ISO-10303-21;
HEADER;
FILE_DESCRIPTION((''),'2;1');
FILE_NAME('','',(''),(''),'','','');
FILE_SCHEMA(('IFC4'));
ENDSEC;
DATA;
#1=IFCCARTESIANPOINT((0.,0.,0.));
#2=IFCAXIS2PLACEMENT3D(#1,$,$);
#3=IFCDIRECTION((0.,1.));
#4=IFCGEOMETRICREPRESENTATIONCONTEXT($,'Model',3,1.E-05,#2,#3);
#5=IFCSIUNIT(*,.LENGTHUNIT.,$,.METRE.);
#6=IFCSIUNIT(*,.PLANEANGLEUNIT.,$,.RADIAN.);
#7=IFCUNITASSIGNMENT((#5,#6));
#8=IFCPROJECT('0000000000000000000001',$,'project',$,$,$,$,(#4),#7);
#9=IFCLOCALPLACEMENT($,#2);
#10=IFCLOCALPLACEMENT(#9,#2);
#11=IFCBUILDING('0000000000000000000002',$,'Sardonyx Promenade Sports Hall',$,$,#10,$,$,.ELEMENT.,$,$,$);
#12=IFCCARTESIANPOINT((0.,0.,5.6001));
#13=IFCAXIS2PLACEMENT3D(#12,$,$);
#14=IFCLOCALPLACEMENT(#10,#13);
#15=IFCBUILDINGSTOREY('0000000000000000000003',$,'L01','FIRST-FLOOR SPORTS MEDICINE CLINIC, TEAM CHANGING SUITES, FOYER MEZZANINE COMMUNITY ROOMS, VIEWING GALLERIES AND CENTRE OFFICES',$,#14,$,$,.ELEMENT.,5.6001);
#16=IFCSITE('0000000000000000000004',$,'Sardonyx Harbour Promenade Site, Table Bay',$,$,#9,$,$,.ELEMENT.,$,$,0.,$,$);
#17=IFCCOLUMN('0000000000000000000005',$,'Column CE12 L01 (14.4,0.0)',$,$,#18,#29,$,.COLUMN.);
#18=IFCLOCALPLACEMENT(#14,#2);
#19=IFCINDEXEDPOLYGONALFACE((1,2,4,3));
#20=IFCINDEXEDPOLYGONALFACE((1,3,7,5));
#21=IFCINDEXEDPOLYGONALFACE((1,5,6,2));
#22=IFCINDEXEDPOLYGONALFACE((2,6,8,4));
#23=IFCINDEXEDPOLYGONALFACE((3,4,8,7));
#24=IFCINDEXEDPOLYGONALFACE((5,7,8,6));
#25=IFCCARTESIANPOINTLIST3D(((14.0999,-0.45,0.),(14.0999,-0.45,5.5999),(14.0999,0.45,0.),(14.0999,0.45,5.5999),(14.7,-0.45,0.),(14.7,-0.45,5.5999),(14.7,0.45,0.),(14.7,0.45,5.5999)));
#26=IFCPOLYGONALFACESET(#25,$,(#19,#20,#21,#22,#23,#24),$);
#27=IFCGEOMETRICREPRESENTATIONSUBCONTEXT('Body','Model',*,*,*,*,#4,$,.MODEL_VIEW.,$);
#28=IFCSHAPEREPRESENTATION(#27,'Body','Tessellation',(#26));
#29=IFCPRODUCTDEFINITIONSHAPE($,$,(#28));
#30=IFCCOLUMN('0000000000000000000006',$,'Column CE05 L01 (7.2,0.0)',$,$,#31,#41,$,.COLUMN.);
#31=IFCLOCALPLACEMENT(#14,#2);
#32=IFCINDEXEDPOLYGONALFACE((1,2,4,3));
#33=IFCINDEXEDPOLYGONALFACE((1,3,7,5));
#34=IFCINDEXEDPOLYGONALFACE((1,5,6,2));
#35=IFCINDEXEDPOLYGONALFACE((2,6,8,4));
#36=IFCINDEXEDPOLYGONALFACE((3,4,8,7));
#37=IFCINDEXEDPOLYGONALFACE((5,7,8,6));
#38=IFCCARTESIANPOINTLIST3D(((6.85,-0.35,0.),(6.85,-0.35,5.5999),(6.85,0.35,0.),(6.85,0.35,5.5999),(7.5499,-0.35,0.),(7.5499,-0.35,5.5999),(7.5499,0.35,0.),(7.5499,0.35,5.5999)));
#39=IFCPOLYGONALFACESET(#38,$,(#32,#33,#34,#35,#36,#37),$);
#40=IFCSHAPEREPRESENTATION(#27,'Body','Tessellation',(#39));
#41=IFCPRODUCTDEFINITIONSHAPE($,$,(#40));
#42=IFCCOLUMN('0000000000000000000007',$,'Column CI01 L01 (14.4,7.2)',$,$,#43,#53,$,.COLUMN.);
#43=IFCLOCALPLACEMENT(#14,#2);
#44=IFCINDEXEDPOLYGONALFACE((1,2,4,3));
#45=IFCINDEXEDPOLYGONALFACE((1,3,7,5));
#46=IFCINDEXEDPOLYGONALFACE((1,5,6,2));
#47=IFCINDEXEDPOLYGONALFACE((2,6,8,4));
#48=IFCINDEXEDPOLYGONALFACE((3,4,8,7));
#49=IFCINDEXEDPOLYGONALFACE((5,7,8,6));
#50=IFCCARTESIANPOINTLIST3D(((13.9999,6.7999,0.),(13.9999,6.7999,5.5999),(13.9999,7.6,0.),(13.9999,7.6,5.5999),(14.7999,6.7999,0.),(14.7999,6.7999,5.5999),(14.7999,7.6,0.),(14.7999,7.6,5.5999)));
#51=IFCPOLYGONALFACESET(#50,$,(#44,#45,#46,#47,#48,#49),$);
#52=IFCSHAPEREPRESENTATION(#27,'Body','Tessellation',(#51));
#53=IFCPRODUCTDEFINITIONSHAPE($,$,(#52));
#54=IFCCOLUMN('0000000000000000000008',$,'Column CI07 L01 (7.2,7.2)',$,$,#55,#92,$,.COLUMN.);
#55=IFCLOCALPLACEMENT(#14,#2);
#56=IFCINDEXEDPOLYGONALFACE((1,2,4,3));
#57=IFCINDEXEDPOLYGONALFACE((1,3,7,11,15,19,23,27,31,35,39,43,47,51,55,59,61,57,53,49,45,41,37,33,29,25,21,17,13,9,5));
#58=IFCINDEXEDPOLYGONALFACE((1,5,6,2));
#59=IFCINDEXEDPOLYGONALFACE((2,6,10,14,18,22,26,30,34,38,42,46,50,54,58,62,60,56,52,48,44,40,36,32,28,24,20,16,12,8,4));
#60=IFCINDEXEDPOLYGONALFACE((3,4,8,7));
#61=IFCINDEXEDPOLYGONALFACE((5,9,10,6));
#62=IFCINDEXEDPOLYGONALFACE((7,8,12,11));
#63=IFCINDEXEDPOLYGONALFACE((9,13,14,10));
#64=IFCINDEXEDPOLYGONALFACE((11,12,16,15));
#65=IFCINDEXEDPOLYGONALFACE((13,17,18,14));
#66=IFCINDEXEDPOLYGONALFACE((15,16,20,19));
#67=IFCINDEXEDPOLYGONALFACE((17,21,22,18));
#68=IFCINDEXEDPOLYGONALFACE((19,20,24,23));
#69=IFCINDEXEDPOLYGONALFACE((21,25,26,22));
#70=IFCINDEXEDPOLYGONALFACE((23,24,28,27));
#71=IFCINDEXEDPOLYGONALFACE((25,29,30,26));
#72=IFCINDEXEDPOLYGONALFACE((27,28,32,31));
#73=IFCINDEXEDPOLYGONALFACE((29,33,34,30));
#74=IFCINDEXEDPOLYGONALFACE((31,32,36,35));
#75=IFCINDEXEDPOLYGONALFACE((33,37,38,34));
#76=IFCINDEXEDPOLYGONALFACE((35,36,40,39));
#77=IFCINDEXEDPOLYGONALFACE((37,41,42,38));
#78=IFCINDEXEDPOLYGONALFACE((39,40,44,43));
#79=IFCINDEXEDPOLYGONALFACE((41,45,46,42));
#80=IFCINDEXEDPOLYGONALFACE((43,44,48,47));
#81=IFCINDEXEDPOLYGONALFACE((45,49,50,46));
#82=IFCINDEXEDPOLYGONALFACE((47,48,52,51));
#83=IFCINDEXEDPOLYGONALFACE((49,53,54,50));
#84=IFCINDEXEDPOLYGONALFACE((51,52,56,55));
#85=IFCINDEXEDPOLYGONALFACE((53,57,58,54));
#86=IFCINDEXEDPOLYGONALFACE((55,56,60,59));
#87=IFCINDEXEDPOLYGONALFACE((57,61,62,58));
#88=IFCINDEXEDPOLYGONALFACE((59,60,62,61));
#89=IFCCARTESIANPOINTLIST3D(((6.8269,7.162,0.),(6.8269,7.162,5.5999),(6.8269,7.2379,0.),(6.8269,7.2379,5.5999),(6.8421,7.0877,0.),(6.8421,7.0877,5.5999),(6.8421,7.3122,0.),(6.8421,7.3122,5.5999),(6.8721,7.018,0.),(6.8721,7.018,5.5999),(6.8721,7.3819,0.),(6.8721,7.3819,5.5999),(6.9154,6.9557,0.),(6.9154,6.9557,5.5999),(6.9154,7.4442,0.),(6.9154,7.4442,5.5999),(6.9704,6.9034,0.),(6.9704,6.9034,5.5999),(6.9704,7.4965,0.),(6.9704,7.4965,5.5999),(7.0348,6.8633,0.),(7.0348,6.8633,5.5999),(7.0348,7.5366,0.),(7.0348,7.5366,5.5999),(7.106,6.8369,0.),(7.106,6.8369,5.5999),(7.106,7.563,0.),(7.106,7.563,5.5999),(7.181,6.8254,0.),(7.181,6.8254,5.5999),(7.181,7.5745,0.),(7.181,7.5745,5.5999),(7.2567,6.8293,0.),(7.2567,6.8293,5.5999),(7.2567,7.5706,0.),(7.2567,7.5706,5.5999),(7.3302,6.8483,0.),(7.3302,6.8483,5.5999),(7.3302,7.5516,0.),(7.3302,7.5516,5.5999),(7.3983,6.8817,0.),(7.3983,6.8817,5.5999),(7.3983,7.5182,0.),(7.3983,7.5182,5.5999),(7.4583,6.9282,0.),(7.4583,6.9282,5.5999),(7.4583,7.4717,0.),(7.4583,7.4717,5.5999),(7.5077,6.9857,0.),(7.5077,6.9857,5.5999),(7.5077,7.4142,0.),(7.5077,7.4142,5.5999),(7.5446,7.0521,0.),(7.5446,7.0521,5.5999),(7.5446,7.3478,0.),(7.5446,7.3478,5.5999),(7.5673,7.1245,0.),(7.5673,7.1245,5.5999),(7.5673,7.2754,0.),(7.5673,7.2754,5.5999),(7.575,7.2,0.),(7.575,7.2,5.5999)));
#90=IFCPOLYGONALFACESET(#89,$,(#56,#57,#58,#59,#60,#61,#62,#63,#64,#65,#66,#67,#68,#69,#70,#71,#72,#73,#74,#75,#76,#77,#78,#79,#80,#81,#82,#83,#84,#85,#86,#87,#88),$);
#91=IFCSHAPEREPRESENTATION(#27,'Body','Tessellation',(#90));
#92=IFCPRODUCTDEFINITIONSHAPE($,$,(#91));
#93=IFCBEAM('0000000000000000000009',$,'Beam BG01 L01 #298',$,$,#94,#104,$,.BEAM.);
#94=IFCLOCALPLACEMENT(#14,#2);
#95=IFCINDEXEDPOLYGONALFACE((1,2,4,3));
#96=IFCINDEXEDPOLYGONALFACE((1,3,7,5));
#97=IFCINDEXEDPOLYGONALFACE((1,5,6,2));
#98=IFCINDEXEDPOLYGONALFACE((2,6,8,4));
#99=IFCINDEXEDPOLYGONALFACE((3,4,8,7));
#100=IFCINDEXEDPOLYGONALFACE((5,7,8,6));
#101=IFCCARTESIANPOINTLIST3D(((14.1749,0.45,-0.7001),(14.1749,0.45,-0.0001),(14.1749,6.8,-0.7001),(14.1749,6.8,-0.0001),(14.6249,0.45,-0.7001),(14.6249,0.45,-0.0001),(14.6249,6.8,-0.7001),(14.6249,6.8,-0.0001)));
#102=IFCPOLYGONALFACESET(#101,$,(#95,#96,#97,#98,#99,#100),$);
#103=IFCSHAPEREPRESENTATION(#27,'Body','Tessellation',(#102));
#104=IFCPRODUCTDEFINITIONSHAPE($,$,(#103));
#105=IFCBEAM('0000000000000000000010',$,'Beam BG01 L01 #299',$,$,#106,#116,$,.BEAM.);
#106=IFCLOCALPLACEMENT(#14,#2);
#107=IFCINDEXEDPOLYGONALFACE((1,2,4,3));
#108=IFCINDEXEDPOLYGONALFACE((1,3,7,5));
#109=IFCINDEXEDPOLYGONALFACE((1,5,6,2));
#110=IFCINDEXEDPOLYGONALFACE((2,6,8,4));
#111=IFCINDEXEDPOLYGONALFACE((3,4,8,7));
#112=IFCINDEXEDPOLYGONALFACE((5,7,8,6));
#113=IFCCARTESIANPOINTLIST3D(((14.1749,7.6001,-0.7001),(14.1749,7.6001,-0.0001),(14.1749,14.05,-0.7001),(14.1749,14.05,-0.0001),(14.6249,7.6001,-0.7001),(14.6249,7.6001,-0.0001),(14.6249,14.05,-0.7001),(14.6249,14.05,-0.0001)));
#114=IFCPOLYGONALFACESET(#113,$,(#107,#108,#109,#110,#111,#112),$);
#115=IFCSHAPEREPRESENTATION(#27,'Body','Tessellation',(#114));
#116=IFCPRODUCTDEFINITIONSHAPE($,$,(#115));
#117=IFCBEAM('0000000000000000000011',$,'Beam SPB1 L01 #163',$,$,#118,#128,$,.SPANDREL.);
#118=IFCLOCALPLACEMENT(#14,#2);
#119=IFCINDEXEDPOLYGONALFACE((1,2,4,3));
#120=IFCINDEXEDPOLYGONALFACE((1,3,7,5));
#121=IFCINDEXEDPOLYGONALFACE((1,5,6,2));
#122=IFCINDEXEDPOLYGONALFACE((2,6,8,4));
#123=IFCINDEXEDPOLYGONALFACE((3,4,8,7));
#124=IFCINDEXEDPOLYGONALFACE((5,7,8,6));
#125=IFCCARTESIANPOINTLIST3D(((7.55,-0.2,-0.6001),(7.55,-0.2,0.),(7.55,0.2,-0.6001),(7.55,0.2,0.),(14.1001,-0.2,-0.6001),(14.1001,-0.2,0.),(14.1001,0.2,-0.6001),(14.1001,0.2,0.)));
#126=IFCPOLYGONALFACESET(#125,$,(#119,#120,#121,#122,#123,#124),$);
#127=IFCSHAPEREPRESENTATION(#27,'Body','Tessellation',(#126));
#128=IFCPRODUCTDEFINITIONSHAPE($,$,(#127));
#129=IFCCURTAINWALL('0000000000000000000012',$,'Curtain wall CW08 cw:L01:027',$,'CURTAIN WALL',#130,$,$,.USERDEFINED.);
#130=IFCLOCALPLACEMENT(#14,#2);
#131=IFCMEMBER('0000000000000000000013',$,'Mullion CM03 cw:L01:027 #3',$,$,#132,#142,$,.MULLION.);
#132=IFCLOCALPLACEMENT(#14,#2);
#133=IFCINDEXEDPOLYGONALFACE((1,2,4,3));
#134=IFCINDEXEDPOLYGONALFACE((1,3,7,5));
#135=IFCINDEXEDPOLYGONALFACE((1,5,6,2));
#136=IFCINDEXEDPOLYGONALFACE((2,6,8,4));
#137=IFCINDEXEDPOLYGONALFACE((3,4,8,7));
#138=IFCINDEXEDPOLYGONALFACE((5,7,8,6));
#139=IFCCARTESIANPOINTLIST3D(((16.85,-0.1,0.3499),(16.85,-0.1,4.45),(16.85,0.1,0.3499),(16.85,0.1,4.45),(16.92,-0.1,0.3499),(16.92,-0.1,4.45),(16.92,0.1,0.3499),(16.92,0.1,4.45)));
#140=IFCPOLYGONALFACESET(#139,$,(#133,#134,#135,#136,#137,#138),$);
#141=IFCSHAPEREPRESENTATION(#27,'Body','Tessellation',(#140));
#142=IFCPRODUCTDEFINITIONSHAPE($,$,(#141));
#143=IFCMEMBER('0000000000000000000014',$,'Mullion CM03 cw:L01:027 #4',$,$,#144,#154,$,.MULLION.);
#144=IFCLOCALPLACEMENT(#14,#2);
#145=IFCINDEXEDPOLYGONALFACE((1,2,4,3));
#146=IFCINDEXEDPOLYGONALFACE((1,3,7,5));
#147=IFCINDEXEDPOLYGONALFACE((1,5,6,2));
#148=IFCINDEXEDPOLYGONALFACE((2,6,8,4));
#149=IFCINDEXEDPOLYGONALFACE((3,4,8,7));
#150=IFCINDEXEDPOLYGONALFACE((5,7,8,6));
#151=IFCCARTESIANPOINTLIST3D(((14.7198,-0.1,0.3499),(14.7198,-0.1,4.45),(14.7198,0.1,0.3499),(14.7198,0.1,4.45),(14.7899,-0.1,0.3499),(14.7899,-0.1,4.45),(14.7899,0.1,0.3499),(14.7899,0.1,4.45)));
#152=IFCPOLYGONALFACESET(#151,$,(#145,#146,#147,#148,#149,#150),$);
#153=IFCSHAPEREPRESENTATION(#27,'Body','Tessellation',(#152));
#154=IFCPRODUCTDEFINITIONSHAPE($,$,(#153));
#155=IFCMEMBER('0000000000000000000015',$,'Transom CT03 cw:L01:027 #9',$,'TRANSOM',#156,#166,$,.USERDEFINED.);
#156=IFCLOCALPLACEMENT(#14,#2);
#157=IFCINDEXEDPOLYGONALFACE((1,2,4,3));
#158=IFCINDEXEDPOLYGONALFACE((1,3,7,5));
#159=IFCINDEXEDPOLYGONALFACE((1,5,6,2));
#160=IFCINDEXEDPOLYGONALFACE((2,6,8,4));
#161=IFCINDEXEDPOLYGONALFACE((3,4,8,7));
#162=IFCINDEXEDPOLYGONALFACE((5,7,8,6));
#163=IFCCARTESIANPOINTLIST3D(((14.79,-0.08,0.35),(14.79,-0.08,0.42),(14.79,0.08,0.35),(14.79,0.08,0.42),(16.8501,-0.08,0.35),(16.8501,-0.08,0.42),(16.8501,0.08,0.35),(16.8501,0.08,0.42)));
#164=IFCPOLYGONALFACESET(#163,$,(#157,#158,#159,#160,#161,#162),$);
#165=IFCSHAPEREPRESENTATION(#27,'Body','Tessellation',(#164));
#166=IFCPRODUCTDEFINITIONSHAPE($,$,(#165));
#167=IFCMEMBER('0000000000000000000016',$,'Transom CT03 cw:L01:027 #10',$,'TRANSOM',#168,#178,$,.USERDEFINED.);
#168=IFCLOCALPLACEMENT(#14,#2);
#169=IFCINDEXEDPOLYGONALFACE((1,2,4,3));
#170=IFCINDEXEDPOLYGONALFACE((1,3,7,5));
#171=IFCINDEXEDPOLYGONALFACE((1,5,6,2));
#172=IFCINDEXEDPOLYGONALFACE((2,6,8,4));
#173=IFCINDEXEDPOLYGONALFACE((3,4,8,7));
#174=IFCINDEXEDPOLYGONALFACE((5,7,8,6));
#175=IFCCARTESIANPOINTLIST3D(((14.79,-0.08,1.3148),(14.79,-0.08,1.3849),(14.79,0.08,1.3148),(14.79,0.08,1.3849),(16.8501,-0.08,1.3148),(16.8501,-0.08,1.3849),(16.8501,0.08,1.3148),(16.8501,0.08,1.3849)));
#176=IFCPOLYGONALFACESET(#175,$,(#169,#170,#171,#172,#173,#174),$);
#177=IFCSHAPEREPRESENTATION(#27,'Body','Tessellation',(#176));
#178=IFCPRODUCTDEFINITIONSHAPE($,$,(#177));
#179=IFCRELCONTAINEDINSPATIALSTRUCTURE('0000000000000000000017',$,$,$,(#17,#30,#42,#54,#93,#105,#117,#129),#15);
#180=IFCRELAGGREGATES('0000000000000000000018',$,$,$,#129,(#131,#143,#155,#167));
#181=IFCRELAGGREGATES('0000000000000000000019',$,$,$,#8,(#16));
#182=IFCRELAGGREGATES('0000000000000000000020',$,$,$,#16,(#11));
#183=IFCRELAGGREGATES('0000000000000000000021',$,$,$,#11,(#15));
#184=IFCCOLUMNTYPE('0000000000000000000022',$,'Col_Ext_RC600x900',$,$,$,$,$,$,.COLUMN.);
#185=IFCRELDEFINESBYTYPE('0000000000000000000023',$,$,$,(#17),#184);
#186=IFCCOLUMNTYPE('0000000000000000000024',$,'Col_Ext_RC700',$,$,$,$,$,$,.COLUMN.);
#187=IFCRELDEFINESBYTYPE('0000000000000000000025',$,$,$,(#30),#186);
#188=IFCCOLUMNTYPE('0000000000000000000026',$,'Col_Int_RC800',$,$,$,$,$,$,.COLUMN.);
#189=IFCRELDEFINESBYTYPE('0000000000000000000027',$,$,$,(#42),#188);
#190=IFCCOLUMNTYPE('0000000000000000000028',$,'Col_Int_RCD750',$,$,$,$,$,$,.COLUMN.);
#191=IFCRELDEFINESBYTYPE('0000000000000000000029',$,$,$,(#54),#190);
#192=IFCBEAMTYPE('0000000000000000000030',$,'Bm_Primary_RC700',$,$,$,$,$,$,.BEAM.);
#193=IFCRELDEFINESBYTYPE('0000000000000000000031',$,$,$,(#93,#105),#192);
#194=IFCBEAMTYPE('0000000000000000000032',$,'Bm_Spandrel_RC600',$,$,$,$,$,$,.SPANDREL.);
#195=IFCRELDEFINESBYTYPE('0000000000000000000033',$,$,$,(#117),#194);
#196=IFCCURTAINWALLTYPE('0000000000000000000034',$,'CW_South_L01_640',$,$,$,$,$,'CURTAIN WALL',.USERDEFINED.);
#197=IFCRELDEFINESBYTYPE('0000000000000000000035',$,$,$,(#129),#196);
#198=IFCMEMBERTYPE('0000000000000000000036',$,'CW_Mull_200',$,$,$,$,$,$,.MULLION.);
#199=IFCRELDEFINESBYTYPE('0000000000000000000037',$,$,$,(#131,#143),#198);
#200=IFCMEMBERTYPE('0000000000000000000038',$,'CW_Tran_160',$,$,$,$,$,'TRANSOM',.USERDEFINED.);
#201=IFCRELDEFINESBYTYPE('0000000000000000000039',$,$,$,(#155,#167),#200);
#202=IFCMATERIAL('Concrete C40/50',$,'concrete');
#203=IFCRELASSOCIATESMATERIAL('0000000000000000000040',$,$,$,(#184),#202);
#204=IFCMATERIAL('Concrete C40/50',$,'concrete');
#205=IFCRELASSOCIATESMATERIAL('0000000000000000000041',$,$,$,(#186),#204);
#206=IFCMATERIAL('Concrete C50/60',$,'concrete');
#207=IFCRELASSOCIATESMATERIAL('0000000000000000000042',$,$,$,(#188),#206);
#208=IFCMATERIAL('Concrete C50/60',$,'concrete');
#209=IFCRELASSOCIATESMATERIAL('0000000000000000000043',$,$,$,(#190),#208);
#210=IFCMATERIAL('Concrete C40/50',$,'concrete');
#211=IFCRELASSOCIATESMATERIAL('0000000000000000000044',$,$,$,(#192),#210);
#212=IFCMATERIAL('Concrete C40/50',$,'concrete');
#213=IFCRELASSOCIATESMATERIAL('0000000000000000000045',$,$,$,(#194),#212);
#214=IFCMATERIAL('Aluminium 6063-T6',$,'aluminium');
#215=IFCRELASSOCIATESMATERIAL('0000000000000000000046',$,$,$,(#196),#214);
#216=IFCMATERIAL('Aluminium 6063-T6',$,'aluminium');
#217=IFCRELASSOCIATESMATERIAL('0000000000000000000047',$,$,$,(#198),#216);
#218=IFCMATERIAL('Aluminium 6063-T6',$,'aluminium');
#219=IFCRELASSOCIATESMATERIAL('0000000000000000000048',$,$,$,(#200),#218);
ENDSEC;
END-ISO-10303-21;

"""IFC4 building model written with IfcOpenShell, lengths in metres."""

from ifc_helpers import new_model, si_unit, direction, frame, origin, origin_2d, place, context, subcontext, project, spatial, rectangle, circle, extrude, material, material_profile, profile_set, type_object, element, aggregate, save


model = new_model("IFC4")

# Units and contexts
model_context = context("Model", 3, precision=1e-05, world=origin(), true_north=direction((0.0, 1.0)))
body_context = subcontext(model_context, "Body", "Model", "MODEL_VIEW")
ifc_project = project(units=[si_unit("LENGTHUNIT", "METRE"), si_unit("PLANEANGLEUNIT", "RADIAN")], contexts=[model_context])

# Site, building, storey
site_placement = place(None, origin())
site = spatial("IfcSite", under=ifc_project, at=site_placement, Name="Sardonyx Harbour Promenade Site, Table Bay", CompositionType="ELEMENT", RefElevation=0.0)
building_placement = place(site_placement, origin())
building = spatial("IfcBuilding", under=site, at=building_placement, Name="Sardonyx Promenade Sports Hall", CompositionType="ELEMENT")
storey_placement = place(building_placement, frame((0.0, 0.0, 5.6001)))
storey = spatial("IfcBuildingStorey", under=building, at=storey_placement, Name="L01", Description="FIRST-FLOOR SPORTS MEDICINE CLINIC, TEAM CHANGING SUITES, FOYER MEZZANINE COMMUNITY ROOMS, VIEWING GALLERIES AND CENTRE OFFICES", CompositionType="ELEMENT", Elevation=5.6001)

# Columns
ifc_material_1 = material(Name="Concrete C40/50", Category="concrete")
ifc_material_profile_1 = material_profile(ifc_material_1, rectangle(XDim=0.6001, YDim=0.8999, at=origin_2d()))
ifc_profile_set_1 = profile_set([ifc_material_profile_1], Name="Concrete C40/50")
column_type_1 = type_object("IfcColumnType", Name="Col_Ext_RC600x900", PredefinedType="COLUMN", material=ifc_profile_set_1)
column_1_placement = place(storey_placement, frame((14.3999, 0.0, 0.0), z_axis=(0.0, 0.0, 1.0), x_axis=(1.0, 0.0, 0.0)))
element("IfcColumn", 1, at=column_1_placement, inside=storey, type_object=column_type_1, Name="Column CE12 L01 (14.4,0.0)", PredefinedType="COLUMN", context=body_context, shape_type="SweptSolid", body=[
    extrude(rectangle(XDim=0.6001, YDim=0.8999, at=origin_2d()), origin(), (0.0, 0.0, 1.0), 5.5999),
])
ifc_material_2 = material(Name="Concrete C40/50", Category="concrete")
ifc_material_profile_2 = material_profile(ifc_material_2, rectangle(XDim=0.7, YDim=0.7, at=origin_2d()))
ifc_profile_set_2 = profile_set([ifc_material_profile_2], Name="Concrete C40/50")
column_type_2 = type_object("IfcColumnType", Name="Col_Ext_RC700", PredefinedType="COLUMN", material=ifc_profile_set_2)
column_2_placement = place(storey_placement, frame((7.2, 0.0, 0.0), z_axis=(0.0, 0.0, 1.0), x_axis=(1.0, 0.0, 0.0)))
element("IfcColumn", 2, at=column_2_placement, inside=storey, type_object=column_type_2, Name="Column CE05 L01 (7.2,0.0)", PredefinedType="COLUMN", context=body_context, shape_type="SweptSolid", body=[
    extrude(rectangle(XDim=0.7, YDim=0.7, at=origin_2d()), origin(), (0.0, 0.0, 1.0), 5.5999),
])
ifc_material_3 = material(Name="Concrete C50/60", Category="concrete")
ifc_material_profile_3 = material_profile(ifc_material_3, rectangle(XDim=0.8, YDim=0.8, at=origin_2d()))
ifc_profile_set_3 = profile_set([ifc_material_profile_3], Name="Concrete C50/60")
column_type_3 = type_object("IfcColumnType", Name="Col_Int_RC800", PredefinedType="COLUMN", material=ifc_profile_set_3)
column_3_placement = place(storey_placement, frame((14.3999, 7.2, 0.0), z_axis=(0.0, 0.0, 1.0), x_axis=(1.0, 0.0, 0.0)))
element("IfcColumn", 3, at=column_3_placement, inside=storey, type_object=column_type_3, Name="Column CI01 L01 (14.4,7.2)", PredefinedType="COLUMN", context=body_context, shape_type="SweptSolid", body=[
    extrude(rectangle(XDim=0.8, YDim=0.8, at=origin_2d()), origin(), (0.0, 0.0, 1.0), 5.5999),
])
ifc_material_4 = material(Name="Concrete C50/60", Category="concrete")
ifc_material_profile_4 = material_profile(ifc_material_4, circle(Radius=0.375, at=origin_2d()))
ifc_profile_set_4 = profile_set([ifc_material_profile_4], Name="Concrete C50/60")
column_type_4 = type_object("IfcColumnType", Name="Col_Int_RCD750", PredefinedType="COLUMN", material=ifc_profile_set_4)
column_4_placement = place(storey_placement, frame((7.2, 7.2, 0.0), z_axis=(0.0, 0.0, 1.0), x_axis=(1.0, 0.0, 0.0)))
element("IfcColumn", 4, at=column_4_placement, inside=storey, type_object=column_type_4, Name="Column CI07 L01 (7.2,7.2)", PredefinedType="COLUMN", context=body_context, shape_type="SweptSolid", body=[
    extrude(circle(Radius=0.375, at=origin_2d()), origin(), (0.0, 0.0, 1.0), 5.5999),
])

# Beams
ifc_material_5 = material(Name="Concrete C40/50", Category="concrete")
ifc_material_profile_5 = material_profile(ifc_material_5, rectangle(XDim=0.45, YDim=0.7, at=origin_2d()))
ifc_profile_set_5 = profile_set([ifc_material_profile_5], Name="Concrete C40/50")
beam_type_1 = type_object("IfcBeamType", Name="Bm_Primary_RC700", PredefinedType="BEAM", material=ifc_profile_set_5)
beam_1_placement = place(storey_placement, frame((14.3999, 0.45, -0.3501), z_axis=(0.0, 1.0, 0.0), x_axis=(-1.0, 0.0, 0.0)))
element("IfcBeam", 5, at=beam_1_placement, inside=storey, type_object=beam_type_1, Name="Beam BG01 L01 #298", PredefinedType="BEAM", context=body_context, shape_type="SweptSolid", body=[
    extrude(rectangle(XDim=0.45, YDim=0.7, at=origin_2d()), origin(), (0.0, 0.0, 1.0), 6.3501),
])
beam_2_placement = place(storey_placement, frame((14.3999, 7.6001, -0.3501), z_axis=(0.0, 1.0, 0.0), x_axis=(-1.0, 0.0, 0.0)))
element("IfcBeam", 6, at=beam_2_placement, inside=storey, type_object=beam_type_1, Name="Beam BG01 L01 #299", PredefinedType="BEAM", context=body_context, shape_type="SweptSolid", body=[
    extrude(rectangle(XDim=0.45, YDim=0.7, at=origin_2d()), origin(), (0.0, 0.0, 1.0), 6.45),
])
ifc_material_6 = material(Name="Concrete C40/50", Category="concrete")
ifc_material_profile_6 = material_profile(ifc_material_6, rectangle(XDim=0.3999, YDim=0.6001, at=origin_2d()))
ifc_profile_set_6 = profile_set([ifc_material_profile_6], Name="Concrete C40/50")
beam_type_2 = type_object("IfcBeamType", Name="Bm_Spandrel_RC600", PredefinedType="SPANDREL", material=ifc_profile_set_6)
beam_3_placement = place(storey_placement, frame((7.55, 0.0, -0.3), z_axis=(1.0, 0.0, 0.0), x_axis=(0.0, 1.0, 0.0)))
element("IfcBeam", 7, at=beam_3_placement, inside=storey, type_object=beam_type_2, Name="Beam SPB1 L01 #163", PredefinedType="SPANDREL", context=body_context, shape_type="SweptSolid", body=[
    extrude(rectangle(XDim=0.3999, YDim=0.6001, at=origin_2d()), origin(), (0.0, 0.0, 1.0), 6.55),
])

# Curtain wall, members
ifc_material_7 = material(Name="Aluminium 6063-T6", Category="aluminium")
curtain_wall_type = type_object("IfcCurtainWallType", Name="CW_South_L01_640", ElementType="CURTAIN WALL", PredefinedType="USERDEFINED", material=ifc_material_7)
curtain_wall_placement = place(storey_placement, origin())
curtain_wall = element("IfcCurtainWall", 8, at=curtain_wall_placement, inside=storey, type_object=curtain_wall_type, Name="Curtain wall CW08 cw:L01:027", ObjectType="CURTAIN WALL", PredefinedType="USERDEFINED")
ifc_material_8 = material(Name="Aluminium 6063-T6", Category="aluminium")
ifc_material_profile_7 = material_profile(ifc_material_8, rectangle(XDim=0.0701, YDim=0.2, at=origin_2d()))
ifc_profile_set_7 = profile_set([ifc_material_profile_7], Name="Aluminium 6063-T6")
member_type_1 = type_object("IfcMemberType", Name="CW_Mull_200", PredefinedType="MULLION", material=ifc_profile_set_7)
member_1_placement = place(storey_placement, frame((16.885, 0.0, 0.3499), z_axis=(0.0, 0.0, 1.0), x_axis=(-1.0, 0.0, 0.0)))
member_1 = element("IfcMember", 9, at=member_1_placement, type_object=member_type_1, Name="Mullion CM03 cw:L01:027 #3", PredefinedType="MULLION", context=body_context, shape_type="SweptSolid", body=[
    extrude(rectangle(XDim=0.0701, YDim=0.2, at=origin_2d()), origin(), (0.0, 0.0, 1.0), 4.1001),
])
member_2_placement = place(storey_placement, frame((14.7549, 0.0, 0.3499), z_axis=(0.0, 0.0, 1.0), x_axis=(-1.0, 0.0, 0.0)))
member_2 = element("IfcMember", 10, at=member_2_placement, type_object=member_type_1, Name="Mullion CM03 cw:L01:027 #4", PredefinedType="MULLION", context=body_context, shape_type="SweptSolid", body=[
    extrude(rectangle(XDim=0.0701, YDim=0.2, at=origin_2d()), origin(), (0.0, 0.0, 1.0), 4.1001),
])
ifc_material_9 = material(Name="Aluminium 6063-T6", Category="aluminium")
ifc_material_profile_8 = material_profile(ifc_material_9, rectangle(XDim=0.0701, YDim=0.1599, at=origin_2d()))
ifc_profile_set_8 = profile_set([ifc_material_profile_8], Name="Aluminium 6063-T6")
member_type_2 = type_object("IfcMemberType", Name="CW_Tran_160", ElementType="TRANSOM", PredefinedType="USERDEFINED", material=ifc_profile_set_8)
member_3_placement = place(storey_placement, frame((16.8501, 0.0, 0.385), z_axis=(-1.0, 0.0, 0.0), x_axis=(0.0, 0.0, 1.0)))
member_3 = element("IfcMember", 11, at=member_3_placement, type_object=member_type_2, Name="Transom CT03 cw:L01:027 #9", ObjectType="TRANSOM", PredefinedType="USERDEFINED", context=body_context, shape_type="SweptSolid", body=[
    extrude(rectangle(XDim=0.0701, YDim=0.1599, at=origin_2d()), origin(), (0.0, 0.0, 1.0), 2.0601),
])
member_4_placement = place(storey_placement, frame((16.8501, 0.0, 1.3499), z_axis=(-1.0, 0.0, 0.0), x_axis=(0.0, 0.0, 1.0)))
member_4 = element("IfcMember", 12, at=member_4_placement, type_object=member_type_2, Name="Transom CT03 cw:L01:027 #10", ObjectType="TRANSOM", PredefinedType="USERDEFINED", context=body_context, shape_type="SweptSolid", body=[
    extrude(rectangle(XDim=0.0701, YDim=0.1599, at=origin_2d()), origin(), (0.0, 0.0, 1.0), 2.0601),
])
aggregate(curtain_wall, [member_1, member_2, member_3, member_4])

save(model, "model.ifc")
